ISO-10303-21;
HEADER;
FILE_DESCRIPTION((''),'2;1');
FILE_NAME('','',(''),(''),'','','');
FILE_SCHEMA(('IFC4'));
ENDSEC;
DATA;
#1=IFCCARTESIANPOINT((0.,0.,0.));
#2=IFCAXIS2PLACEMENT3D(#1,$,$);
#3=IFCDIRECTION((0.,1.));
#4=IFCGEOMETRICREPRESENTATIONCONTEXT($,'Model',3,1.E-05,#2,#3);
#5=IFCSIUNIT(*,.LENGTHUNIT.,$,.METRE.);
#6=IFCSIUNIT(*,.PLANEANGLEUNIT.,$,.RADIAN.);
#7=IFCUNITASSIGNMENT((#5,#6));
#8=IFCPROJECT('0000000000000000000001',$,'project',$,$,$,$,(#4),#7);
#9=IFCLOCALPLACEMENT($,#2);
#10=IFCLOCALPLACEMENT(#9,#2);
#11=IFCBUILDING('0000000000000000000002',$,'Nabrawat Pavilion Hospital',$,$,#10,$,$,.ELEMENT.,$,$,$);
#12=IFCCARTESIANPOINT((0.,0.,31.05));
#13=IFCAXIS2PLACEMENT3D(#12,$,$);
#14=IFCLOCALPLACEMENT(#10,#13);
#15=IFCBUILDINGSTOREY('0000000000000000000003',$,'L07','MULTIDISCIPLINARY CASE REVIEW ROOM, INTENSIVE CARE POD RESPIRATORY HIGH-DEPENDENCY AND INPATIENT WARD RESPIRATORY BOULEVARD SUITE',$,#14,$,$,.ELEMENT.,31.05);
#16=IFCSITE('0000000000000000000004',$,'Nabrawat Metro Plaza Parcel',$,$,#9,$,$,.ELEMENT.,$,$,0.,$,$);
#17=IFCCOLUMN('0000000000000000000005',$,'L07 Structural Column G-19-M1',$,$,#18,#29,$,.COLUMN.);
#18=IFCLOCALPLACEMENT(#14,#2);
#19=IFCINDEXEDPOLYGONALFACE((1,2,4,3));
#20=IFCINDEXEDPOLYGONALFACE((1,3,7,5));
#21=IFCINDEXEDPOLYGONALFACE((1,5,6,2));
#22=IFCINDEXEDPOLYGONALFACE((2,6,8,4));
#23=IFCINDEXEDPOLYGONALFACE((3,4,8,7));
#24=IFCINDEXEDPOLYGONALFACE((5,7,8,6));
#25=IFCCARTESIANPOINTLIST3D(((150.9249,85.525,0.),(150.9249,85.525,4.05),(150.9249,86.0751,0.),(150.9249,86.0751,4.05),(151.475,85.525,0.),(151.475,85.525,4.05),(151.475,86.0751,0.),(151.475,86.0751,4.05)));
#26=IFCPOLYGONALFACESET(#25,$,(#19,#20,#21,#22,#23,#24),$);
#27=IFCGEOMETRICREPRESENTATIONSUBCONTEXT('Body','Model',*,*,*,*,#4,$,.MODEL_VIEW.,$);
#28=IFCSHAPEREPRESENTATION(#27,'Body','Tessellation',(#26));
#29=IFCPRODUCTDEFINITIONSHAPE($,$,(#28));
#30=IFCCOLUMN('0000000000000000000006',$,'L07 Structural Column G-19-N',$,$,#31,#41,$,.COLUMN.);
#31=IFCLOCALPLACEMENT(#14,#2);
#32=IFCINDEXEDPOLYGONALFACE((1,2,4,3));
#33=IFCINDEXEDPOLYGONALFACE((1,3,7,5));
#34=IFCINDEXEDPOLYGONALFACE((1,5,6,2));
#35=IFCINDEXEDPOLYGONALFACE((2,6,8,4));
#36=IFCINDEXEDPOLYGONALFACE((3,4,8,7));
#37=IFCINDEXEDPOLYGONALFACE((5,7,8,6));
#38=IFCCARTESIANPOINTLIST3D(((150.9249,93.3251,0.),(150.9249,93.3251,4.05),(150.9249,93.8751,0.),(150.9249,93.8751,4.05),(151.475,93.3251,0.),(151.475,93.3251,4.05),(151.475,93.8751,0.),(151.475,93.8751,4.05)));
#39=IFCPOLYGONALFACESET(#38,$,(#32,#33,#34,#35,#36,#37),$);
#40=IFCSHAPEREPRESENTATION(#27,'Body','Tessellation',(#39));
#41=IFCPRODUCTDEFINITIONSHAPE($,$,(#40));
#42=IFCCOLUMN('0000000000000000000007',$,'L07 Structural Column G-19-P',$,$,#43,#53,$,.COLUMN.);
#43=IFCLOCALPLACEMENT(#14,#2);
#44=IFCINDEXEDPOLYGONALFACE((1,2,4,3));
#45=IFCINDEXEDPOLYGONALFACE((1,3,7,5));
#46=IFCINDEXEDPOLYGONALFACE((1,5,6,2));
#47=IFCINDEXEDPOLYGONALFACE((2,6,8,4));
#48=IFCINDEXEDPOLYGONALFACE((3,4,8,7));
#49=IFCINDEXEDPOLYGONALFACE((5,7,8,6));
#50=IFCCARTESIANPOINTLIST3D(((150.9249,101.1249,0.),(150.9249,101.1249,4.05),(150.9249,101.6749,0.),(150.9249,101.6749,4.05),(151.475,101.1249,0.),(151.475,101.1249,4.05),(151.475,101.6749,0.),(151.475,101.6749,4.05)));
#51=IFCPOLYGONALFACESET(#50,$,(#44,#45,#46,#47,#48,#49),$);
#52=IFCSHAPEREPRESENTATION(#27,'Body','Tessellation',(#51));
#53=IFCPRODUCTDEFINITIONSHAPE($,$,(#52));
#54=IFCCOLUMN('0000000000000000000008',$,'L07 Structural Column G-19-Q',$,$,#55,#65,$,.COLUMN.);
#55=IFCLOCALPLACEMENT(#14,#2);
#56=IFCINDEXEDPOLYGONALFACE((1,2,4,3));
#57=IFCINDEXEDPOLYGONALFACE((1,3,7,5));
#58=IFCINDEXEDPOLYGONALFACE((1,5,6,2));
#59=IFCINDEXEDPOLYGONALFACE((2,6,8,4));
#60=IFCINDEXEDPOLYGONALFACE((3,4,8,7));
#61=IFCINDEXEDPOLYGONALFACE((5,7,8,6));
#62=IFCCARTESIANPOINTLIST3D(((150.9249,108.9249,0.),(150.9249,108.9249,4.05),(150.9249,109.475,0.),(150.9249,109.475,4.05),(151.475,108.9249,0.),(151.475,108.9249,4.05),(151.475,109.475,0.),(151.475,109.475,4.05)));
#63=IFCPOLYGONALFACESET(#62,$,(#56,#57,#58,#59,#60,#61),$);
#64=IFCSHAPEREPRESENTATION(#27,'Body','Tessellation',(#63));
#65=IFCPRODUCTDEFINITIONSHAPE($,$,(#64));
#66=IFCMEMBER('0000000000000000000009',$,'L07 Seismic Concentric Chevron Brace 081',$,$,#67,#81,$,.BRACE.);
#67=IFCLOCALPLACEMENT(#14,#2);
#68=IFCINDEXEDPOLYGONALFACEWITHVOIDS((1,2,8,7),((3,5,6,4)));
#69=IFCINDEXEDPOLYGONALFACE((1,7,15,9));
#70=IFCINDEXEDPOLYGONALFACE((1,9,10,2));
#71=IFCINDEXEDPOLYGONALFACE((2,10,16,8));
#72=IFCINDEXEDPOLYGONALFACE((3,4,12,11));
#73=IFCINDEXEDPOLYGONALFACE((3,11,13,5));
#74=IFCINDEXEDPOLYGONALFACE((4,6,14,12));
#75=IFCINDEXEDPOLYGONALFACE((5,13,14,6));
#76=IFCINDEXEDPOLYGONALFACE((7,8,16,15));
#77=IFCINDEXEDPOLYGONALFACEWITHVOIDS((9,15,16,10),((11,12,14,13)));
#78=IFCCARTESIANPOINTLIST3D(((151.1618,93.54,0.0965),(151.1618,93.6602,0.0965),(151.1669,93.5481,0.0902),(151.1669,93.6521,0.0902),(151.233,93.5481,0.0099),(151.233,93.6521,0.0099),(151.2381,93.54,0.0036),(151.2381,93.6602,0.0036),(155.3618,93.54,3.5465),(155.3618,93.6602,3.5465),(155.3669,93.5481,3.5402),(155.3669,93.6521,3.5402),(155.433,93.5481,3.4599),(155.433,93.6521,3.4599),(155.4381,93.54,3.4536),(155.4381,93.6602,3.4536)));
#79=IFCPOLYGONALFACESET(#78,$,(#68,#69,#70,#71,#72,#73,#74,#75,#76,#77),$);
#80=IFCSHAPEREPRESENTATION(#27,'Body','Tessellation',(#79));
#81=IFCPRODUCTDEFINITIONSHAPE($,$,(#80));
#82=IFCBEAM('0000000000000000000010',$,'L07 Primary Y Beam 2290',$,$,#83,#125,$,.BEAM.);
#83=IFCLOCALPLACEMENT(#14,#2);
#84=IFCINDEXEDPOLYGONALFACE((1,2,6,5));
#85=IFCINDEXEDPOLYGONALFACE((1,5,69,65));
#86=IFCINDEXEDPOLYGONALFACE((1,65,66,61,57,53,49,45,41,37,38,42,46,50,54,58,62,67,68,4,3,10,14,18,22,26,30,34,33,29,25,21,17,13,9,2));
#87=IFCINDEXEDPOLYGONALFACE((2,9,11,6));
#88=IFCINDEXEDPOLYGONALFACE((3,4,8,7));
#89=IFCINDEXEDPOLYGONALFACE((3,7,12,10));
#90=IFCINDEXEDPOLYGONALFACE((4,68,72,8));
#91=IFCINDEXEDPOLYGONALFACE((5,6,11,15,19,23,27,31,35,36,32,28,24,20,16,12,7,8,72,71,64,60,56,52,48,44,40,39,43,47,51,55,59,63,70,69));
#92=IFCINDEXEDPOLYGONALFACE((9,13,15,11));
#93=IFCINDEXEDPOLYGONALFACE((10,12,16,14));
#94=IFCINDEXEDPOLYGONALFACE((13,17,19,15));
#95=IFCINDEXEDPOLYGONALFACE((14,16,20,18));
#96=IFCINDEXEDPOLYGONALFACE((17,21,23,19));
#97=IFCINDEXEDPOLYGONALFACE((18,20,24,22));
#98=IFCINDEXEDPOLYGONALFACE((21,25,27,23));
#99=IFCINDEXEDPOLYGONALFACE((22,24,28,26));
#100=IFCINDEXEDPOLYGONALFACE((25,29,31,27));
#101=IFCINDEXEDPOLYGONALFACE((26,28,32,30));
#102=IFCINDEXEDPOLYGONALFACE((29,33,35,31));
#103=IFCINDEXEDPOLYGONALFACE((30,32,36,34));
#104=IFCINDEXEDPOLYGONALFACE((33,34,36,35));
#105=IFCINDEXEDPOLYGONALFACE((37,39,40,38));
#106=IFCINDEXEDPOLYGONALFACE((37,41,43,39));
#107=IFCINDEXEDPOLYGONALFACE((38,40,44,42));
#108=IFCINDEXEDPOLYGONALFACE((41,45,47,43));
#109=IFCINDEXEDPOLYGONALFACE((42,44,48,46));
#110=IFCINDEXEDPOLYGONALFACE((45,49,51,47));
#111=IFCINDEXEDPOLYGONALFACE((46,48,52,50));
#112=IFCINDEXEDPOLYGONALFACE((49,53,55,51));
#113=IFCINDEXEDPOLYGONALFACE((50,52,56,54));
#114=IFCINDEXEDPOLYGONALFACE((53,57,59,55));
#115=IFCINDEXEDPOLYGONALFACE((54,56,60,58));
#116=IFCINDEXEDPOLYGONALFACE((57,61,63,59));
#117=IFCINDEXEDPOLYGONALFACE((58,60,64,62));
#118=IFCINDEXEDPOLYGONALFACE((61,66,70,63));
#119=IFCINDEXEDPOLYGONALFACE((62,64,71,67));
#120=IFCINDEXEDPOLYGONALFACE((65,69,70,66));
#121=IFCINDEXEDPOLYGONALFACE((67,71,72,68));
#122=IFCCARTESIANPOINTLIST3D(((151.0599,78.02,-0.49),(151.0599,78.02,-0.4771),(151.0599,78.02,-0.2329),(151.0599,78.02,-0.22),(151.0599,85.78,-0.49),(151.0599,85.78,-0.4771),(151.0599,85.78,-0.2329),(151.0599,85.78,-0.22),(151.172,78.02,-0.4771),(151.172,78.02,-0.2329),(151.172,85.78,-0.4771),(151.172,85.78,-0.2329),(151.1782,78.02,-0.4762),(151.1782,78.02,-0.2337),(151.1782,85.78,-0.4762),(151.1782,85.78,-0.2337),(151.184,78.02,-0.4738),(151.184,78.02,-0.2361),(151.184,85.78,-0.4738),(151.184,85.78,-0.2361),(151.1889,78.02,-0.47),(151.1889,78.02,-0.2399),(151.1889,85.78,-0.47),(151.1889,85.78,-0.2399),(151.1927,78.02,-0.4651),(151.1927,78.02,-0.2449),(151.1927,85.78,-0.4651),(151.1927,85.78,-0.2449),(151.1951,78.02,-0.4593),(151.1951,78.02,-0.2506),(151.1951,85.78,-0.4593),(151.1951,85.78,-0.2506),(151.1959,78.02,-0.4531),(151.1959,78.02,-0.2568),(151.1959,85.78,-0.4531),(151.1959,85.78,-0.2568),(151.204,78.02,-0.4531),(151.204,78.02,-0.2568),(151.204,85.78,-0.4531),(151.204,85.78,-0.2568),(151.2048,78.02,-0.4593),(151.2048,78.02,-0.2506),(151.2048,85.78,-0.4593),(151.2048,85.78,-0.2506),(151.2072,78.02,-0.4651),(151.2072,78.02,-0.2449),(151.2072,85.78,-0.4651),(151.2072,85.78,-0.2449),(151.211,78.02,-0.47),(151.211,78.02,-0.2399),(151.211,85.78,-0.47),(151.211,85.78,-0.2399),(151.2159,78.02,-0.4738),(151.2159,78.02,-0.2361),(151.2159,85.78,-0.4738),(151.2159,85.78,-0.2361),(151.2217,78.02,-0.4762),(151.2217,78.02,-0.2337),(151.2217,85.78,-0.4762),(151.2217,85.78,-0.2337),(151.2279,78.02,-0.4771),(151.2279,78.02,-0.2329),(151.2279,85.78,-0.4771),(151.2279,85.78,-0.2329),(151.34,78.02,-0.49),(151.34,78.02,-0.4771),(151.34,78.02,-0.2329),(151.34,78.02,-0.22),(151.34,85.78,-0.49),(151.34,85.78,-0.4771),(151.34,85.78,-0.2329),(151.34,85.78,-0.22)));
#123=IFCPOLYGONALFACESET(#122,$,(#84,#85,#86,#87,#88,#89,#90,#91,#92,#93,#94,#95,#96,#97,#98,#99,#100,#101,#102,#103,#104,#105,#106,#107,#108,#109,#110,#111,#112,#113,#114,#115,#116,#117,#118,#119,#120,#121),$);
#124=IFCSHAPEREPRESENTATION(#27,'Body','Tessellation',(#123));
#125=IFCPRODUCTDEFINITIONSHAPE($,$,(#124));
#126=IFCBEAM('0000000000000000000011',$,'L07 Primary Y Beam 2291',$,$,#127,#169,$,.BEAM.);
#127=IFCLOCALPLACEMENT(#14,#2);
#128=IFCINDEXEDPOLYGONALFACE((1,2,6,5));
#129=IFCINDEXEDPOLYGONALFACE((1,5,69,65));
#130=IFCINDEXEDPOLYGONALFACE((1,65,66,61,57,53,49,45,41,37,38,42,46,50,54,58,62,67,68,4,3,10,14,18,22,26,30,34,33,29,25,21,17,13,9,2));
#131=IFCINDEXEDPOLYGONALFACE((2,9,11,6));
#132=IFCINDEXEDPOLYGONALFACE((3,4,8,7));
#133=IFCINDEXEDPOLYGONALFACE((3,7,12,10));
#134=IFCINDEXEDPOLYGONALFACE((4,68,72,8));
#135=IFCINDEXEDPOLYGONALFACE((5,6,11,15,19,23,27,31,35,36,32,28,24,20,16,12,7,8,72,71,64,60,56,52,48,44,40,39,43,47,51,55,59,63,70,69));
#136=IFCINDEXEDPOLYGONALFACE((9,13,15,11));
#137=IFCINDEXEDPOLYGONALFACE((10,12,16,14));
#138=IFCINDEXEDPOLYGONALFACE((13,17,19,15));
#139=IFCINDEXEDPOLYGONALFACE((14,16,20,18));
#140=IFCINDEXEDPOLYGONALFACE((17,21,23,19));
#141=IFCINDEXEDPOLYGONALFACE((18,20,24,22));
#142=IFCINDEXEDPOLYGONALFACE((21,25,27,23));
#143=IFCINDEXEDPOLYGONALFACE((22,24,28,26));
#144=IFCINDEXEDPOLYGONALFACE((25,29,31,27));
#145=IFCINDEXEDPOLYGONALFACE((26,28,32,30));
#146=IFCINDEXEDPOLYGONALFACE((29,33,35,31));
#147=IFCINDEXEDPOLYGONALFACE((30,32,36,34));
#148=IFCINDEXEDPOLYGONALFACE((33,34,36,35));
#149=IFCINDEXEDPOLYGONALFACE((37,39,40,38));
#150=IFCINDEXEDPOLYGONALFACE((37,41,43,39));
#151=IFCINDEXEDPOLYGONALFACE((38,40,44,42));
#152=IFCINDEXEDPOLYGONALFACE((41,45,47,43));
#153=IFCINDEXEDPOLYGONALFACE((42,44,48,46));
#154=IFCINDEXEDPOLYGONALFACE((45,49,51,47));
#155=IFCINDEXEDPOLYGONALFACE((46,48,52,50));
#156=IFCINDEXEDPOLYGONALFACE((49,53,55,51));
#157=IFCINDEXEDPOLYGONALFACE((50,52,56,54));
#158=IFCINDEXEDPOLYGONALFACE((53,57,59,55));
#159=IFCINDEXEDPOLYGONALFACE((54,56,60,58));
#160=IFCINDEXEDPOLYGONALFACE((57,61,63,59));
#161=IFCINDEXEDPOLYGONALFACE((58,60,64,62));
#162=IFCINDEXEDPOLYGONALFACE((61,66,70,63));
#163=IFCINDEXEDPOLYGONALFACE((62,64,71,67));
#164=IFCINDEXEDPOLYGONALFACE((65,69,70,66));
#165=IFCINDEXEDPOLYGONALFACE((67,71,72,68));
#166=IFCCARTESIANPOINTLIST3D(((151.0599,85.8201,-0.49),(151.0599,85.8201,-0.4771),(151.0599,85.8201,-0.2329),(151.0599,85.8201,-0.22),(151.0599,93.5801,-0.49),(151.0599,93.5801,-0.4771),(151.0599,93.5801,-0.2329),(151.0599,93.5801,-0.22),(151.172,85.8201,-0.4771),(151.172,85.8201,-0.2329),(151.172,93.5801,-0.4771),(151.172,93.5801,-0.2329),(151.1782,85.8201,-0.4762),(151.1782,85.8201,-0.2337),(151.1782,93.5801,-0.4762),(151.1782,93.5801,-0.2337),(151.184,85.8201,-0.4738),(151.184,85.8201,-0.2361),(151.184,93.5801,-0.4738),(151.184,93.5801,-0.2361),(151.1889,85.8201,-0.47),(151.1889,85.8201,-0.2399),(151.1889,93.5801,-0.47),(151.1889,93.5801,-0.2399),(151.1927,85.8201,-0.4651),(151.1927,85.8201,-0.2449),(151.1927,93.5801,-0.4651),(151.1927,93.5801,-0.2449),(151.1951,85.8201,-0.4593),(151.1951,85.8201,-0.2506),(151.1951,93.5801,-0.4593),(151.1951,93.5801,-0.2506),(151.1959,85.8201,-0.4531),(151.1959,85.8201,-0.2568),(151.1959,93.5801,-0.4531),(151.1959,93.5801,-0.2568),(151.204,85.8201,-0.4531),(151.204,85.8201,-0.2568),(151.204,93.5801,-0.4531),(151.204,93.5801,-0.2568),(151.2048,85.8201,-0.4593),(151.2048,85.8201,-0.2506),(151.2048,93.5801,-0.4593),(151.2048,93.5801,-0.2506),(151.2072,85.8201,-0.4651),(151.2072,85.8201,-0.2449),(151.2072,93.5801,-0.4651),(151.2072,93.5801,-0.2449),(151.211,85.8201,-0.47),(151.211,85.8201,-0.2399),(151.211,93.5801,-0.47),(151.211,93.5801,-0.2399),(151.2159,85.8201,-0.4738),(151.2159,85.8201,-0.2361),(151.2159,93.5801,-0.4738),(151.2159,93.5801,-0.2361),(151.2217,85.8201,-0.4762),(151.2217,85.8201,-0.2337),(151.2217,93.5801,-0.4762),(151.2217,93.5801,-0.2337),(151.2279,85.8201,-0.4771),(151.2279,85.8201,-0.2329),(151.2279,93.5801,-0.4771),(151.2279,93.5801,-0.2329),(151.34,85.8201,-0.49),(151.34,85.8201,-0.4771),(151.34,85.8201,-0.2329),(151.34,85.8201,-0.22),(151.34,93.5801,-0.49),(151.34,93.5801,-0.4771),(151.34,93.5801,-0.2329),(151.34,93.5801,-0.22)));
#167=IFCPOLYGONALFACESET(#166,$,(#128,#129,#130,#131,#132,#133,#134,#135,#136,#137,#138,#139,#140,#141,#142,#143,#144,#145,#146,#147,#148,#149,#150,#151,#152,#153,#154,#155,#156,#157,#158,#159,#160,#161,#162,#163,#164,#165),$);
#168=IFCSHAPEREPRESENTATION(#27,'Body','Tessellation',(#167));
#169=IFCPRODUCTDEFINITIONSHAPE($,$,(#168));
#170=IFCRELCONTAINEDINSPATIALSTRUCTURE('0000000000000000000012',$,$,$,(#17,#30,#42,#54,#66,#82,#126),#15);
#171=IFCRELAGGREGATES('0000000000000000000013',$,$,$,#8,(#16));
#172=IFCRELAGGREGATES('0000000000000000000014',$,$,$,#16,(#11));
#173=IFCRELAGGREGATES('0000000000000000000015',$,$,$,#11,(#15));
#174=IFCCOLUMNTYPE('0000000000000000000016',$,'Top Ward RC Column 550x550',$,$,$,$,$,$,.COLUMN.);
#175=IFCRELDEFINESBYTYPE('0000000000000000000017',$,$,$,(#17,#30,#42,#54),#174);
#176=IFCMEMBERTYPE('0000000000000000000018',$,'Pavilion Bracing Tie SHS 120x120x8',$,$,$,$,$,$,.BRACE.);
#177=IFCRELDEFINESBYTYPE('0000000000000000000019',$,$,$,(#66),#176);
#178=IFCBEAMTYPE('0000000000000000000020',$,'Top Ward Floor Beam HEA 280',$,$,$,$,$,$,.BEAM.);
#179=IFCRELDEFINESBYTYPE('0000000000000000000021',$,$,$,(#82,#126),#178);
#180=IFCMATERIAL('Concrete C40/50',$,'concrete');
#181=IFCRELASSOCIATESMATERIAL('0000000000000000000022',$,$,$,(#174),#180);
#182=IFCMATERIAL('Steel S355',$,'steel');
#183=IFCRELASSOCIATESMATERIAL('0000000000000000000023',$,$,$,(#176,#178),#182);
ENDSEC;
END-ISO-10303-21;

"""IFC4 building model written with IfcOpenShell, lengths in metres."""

from ifc_helpers import new_model, si_unit, direction, frame, origin, origin_2d, place, context, subcontext, project, spatial, rectangle, hollow_rectangle, i_section, extrude, material, material_profile, profile_set, type_object, element, save


model = new_model("IFC4")

# Units and contexts
model_context = context("Model", 3, precision=1e-05, world=origin(), true_north=direction((0.0, 1.0)))
body_context = subcontext(model_context, "Body", "Model", "MODEL_VIEW")
ifc_project = project(units=[si_unit("LENGTHUNIT", "METRE"), si_unit("PLANEANGLEUNIT", "RADIAN")], contexts=[model_context])

# Site, building, storey
site_placement = place(None, origin())
site = spatial("IfcSite", under=ifc_project, at=site_placement, Name="Nabrawat Metro Plaza Parcel", CompositionType="ELEMENT", RefElevation=0.0)
building_placement = place(site_placement, origin())
building = spatial("IfcBuilding", under=site, at=building_placement, Name="Nabrawat Pavilion Hospital", CompositionType="ELEMENT")
storey_placement = place(building_placement, frame((0.0, 0.0, 31.05)))
storey = spatial("IfcBuildingStorey", under=building, at=storey_placement, Name="L07", Description="MULTIDISCIPLINARY CASE REVIEW ROOM, INTENSIVE CARE POD RESPIRATORY HIGH-DEPENDENCY AND INPATIENT WARD RESPIRATORY BOULEVARD SUITE", CompositionType="ELEMENT", Elevation=31.05)

# Columns
ifc_material_1 = material(Name="Concrete C40/50", Category="concrete")
ifc_material_profile_1 = material_profile(ifc_material_1, rectangle(XDim=0.55, YDim=0.55, at=origin_2d()), Name="RC 550x550")
ifc_profile_set_1 = profile_set([ifc_material_profile_1], Name="Concrete C40/50")
column_type = type_object("IfcColumnType", Name="Top Ward RC Column 550x550", PredefinedType="COLUMN", material=ifc_profile_set_1)
for number, where, z_axis, x_axis, name in (
    (1, (151.2, 85.8, 0.0), (0.0, 0.0, 1.0), (1.0, 0.0, 0.0), "L07 Structural Column G-19-M1"),
    (2, (151.2, 93.6001, 0.0), (0.0, 0.0, 1.0), (1.0, 0.0, 0.0), "L07 Structural Column G-19-N"),
    (3, (151.2, 101.3999, 0.0), (0.0, 0.0, 1.0), (1.0, 0.0, 0.0), "L07 Structural Column G-19-P"),
    (4, (151.2, 109.2, 0.0), (0.0, 0.0, 1.0), (1.0, 0.0, 0.0), "L07 Structural Column G-19-Q"),
):
    element("IfcColumn", number, at=place(storey_placement, frame(where, z_axis=z_axis, x_axis=x_axis)), inside=storey, type_object=column_type, Name=name, PredefinedType="COLUMN", context=body_context, shape_type="SweptSolid", body=[
        extrude(rectangle(XDim=0.55, YDim=0.55, at=origin_2d()), origin(), (0.0, 0.0, 1.0), 4.05),
    ])

# Member
ifc_material_2 = material(Name="Steel S355", Category="steel")
ifc_material_profile_2 = material_profile(ifc_material_2, hollow_rectangle(XDim=0.1201, YDim=0.1201, WallThickness=0.0081, at=origin_2d()), Name="SHS 120x120x8")
ifc_profile_set_2 = profile_set([ifc_material_profile_2], Name="Steel S355")
member_type = type_object("IfcMemberType", Name="Pavilion Bracing Tie SHS 120x120x8", PredefinedType="BRACE", material=ifc_profile_set_2)
member_placement = place(storey_placement, frame((151.2, 93.6001, 0.05), z_axis=(0.772727, 0.0, 0.634738), x_axis=(0.0, 1.0, 0.0)))
element("IfcMember", 5, at=member_placement, inside=storey, type_object=member_type, Name="L07 Seismic Concentric Chevron Brace 081", PredefinedType="BRACE", context=body_context, shape_type="SweptSolid", body=[
    extrude(hollow_rectangle(XDim=0.1201, YDim=0.1201, WallThickness=0.0081, at=origin_2d()), origin(), (0.0, 0.0, 1.0), 5.4353),
])

# Beams
ifc_material_profile_3 = material_profile(ifc_material_2, i_section(OverallWidth=0.28, OverallDepth=0.27, WebThickness=0.0081, FlangeThickness=0.0129, FilletRadius=0.0239, at=origin_2d()), Name="HEA 280")
ifc_profile_set_3 = profile_set([ifc_material_profile_3], Name="Steel S355")
beam_type_1 = type_object("IfcBeamType", Name="Top Ward Floor Beam HEA 280", PredefinedType="BEAM", material=ifc_profile_set_3)
for number, where, z_axis, x_axis, name in (
    (6, (151.2, 78.02, -0.355), (0.0, 1.0, 0.0), (-1.0, 0.0, 0.0), "L07 Primary Y Beam 2290"),
    (7, (151.2, 85.8201, -0.355), (0.0, 1.0, 0.0), (-1.0, 0.0, 0.0), "L07 Primary Y Beam 2291"),
):
    element("IfcBeam", number, at=place(storey_placement, frame(where, z_axis=z_axis, x_axis=x_axis)), inside=storey, type_object=beam_type_1, Name=name, PredefinedType="BEAM", context=body_context, shape_type="SweptSolid", body=[
        extrude(i_section(OverallWidth=0.28, OverallDepth=0.27, WebThickness=0.0081, FlangeThickness=0.0129, FilletRadius=0.0239, at=origin_2d()), origin(), (0.0, 0.0, 1.0), 7.76),
    ])

save(model, "model.ifc")
